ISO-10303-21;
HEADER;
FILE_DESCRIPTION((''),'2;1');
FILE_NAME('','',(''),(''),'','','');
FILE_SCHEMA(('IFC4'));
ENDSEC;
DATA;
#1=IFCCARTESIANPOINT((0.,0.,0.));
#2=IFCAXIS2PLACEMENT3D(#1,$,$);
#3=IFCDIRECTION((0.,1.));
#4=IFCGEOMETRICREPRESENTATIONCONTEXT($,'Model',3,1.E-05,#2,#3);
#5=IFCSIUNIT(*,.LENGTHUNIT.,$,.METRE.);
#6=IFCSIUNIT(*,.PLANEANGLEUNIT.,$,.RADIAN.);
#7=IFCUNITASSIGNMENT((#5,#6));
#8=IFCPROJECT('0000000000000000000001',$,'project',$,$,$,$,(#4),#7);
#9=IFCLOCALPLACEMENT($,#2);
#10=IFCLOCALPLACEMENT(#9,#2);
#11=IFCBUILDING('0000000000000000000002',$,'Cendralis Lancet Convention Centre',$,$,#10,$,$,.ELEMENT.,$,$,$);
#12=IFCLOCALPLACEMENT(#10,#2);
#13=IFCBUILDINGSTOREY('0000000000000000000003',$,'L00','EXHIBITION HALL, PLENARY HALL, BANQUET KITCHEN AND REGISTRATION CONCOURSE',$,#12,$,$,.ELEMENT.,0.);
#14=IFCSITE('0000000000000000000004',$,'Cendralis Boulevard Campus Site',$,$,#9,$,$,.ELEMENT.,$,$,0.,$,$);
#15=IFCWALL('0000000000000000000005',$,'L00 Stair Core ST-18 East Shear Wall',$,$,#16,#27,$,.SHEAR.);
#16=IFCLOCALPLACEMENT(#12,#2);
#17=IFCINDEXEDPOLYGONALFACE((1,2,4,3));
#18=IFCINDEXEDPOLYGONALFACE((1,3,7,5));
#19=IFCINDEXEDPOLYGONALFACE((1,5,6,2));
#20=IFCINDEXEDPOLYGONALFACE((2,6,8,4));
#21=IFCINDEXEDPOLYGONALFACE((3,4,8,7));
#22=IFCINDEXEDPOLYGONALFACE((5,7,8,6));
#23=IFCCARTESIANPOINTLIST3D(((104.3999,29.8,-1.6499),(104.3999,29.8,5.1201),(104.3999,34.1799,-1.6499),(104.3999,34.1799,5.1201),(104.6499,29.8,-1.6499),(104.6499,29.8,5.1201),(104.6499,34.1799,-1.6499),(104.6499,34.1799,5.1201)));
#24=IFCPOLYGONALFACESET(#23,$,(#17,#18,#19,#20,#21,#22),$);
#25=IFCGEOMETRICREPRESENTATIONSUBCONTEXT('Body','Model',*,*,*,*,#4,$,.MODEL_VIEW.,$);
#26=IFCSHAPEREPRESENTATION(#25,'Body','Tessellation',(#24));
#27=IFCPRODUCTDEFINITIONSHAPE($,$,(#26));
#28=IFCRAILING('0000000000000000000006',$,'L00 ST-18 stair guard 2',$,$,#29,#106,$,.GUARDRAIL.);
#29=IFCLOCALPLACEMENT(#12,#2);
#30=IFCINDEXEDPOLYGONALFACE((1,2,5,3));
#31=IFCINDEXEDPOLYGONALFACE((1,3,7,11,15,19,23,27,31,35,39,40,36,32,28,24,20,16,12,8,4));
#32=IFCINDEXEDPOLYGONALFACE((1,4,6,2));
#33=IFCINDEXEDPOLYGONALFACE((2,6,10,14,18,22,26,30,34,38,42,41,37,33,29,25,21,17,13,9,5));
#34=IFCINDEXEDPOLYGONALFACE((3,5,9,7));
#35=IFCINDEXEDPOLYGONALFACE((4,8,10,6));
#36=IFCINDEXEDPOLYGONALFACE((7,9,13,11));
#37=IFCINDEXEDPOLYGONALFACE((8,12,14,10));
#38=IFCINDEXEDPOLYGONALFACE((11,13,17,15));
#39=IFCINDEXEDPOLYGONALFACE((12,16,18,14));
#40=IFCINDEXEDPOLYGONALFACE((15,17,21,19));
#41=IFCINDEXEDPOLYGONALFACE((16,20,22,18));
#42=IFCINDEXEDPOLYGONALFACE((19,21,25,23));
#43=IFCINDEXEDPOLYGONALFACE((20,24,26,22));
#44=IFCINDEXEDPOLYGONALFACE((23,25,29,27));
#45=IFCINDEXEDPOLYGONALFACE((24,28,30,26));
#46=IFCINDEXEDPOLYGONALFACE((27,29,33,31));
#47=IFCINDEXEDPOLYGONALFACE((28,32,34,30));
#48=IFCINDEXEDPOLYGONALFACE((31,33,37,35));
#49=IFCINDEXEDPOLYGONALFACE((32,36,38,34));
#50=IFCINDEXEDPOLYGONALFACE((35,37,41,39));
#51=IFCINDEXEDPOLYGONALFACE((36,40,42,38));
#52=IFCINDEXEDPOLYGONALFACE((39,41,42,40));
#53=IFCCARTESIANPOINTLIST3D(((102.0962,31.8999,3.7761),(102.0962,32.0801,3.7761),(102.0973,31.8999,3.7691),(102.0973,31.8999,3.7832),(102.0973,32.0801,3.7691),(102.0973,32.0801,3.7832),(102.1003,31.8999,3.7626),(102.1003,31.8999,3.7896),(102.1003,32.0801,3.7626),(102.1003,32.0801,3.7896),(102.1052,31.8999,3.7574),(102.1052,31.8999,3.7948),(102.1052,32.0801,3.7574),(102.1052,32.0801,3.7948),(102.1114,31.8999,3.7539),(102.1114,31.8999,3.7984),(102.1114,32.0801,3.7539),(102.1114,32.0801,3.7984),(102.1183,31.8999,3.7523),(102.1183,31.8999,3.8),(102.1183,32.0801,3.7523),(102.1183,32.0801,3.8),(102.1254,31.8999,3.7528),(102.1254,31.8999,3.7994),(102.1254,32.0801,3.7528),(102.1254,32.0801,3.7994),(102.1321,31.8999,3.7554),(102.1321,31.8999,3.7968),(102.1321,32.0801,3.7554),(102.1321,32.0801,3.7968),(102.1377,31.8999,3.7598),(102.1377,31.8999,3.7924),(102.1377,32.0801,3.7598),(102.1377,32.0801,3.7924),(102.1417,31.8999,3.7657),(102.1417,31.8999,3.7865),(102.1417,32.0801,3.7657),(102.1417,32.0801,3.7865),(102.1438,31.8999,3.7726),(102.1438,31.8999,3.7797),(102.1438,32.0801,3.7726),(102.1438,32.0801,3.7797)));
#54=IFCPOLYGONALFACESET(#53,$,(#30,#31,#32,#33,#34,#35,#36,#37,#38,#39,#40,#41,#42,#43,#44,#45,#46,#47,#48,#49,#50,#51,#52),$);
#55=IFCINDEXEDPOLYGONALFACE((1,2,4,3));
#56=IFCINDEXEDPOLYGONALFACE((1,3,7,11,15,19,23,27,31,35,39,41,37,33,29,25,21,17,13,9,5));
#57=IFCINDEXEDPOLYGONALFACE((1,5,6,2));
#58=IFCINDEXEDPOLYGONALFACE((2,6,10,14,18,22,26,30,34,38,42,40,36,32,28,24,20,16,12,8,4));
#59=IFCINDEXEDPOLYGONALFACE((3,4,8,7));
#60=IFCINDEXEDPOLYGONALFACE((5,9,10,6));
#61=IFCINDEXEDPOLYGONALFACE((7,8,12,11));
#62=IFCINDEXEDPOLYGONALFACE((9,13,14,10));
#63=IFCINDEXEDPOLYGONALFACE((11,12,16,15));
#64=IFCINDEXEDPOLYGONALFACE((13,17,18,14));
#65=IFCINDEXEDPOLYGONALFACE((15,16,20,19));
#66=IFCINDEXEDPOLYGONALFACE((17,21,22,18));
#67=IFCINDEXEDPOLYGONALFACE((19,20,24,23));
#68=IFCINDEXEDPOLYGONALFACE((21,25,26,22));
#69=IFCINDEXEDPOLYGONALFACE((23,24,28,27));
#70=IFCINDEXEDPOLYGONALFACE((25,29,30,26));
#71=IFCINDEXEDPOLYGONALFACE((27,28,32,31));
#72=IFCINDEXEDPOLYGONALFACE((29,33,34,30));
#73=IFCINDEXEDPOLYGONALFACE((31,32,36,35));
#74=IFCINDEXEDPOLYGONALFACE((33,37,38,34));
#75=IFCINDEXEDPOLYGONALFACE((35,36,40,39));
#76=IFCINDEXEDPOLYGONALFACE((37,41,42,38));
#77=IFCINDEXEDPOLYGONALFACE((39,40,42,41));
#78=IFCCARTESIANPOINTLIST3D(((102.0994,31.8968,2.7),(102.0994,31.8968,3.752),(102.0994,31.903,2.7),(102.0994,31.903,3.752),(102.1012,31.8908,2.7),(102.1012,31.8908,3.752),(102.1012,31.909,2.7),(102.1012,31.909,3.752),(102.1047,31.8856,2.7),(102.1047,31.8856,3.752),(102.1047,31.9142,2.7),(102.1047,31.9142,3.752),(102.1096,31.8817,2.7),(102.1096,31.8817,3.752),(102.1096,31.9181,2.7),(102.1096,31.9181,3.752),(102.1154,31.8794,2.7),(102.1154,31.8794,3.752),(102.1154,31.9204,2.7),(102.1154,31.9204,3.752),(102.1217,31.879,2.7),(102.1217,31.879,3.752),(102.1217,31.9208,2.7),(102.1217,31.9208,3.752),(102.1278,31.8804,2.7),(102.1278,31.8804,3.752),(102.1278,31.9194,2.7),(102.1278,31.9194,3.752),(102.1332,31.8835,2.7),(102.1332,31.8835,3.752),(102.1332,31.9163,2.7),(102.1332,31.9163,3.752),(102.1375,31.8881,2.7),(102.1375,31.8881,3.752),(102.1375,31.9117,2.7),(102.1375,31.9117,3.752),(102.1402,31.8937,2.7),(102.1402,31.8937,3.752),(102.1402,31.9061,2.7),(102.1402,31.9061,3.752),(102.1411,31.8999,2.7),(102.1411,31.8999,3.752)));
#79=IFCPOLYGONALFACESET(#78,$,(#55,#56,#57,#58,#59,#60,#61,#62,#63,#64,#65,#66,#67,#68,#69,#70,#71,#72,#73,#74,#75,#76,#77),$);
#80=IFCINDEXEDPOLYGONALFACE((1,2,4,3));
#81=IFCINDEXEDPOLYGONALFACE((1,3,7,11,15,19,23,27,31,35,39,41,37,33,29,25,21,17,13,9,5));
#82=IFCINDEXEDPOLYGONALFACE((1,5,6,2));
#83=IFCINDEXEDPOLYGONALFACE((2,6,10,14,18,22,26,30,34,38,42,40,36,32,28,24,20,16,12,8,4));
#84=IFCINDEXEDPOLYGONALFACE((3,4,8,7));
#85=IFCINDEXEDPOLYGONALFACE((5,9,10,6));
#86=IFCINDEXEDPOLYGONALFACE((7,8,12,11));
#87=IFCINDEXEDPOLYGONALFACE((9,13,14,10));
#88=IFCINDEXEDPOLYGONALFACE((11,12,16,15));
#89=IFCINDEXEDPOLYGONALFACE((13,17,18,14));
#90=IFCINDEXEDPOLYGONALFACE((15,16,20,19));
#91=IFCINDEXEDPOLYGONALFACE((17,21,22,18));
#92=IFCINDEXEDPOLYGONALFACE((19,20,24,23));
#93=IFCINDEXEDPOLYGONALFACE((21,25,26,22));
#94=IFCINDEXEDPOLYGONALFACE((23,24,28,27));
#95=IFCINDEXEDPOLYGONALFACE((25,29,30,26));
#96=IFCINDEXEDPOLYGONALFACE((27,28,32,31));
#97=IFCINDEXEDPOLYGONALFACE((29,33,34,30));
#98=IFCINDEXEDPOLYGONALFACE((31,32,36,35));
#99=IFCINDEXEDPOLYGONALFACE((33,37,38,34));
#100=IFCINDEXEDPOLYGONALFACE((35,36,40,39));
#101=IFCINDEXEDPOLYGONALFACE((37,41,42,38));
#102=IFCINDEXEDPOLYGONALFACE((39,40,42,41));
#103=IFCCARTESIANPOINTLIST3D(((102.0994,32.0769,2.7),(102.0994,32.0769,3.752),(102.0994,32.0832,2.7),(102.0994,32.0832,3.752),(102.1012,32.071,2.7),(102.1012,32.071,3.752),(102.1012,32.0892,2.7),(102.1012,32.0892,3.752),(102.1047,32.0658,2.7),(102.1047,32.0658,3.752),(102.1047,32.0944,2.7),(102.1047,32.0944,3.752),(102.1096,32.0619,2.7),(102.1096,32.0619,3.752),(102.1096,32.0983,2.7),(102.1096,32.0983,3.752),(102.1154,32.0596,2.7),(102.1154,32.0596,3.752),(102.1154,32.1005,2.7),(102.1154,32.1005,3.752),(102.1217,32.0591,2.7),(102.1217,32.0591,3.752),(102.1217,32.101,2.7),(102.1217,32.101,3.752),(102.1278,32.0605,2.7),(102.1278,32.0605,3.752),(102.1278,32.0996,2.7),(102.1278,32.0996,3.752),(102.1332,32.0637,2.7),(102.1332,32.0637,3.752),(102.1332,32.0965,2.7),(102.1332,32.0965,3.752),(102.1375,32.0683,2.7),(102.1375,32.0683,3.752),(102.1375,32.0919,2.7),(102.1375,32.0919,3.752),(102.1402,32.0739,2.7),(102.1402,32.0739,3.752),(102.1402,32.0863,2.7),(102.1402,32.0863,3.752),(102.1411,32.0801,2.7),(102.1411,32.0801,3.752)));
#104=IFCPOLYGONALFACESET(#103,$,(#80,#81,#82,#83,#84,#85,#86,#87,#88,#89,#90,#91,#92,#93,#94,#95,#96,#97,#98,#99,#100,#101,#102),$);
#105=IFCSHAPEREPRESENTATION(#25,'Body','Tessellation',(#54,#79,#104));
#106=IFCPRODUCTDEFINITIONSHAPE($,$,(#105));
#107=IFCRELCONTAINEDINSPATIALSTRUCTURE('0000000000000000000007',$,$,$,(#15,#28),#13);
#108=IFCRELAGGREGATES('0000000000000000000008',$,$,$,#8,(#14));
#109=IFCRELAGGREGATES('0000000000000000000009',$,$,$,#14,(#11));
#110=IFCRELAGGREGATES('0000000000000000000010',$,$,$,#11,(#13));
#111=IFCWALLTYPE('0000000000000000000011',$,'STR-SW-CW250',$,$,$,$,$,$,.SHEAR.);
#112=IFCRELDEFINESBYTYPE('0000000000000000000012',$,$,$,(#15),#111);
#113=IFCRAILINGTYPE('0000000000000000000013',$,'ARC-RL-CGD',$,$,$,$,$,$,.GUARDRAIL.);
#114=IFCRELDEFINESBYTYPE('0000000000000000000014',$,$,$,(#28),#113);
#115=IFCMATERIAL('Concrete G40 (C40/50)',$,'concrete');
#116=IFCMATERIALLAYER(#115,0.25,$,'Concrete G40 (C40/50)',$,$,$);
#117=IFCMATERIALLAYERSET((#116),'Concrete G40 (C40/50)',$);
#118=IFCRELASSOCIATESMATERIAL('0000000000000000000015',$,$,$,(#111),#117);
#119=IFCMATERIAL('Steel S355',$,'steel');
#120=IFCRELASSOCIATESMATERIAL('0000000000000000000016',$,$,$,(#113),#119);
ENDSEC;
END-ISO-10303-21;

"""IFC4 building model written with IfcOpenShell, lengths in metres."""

from ifc_helpers import new_model, si_unit, direction, frame, frame_2d, origin, origin_2d, place, context, subcontext, project, spatial, rectangle, circle, extrude, material, layer, layer_set, type_object, element, save


model = new_model("IFC4")

# Units and contexts
model_context = context("Model", 3, precision=1e-05, world=origin(), true_north=direction((0.0, 1.0)))
body_context = subcontext(model_context, "Body", "Model", "MODEL_VIEW")
ifc_project = project(units=[si_unit("LENGTHUNIT", "METRE"), si_unit("PLANEANGLEUNIT", "RADIAN")], contexts=[model_context])

# Site, building, storey
site_placement = place(None, origin())
site = spatial("IfcSite", under=ifc_project, at=site_placement, Name="Cendralis Boulevard Campus Site", CompositionType="ELEMENT", RefElevation=0.0)
building_placement = place(site_placement, origin())
building = spatial("IfcBuilding", under=site, at=building_placement, Name="Cendralis Lancet Convention Centre", CompositionType="ELEMENT")
storey_placement = place(building_placement, origin())
storey = spatial("IfcBuildingStorey", under=building, at=storey_placement, Name="L00", Description="EXHIBITION HALL, PLENARY HALL, BANQUET KITCHEN AND REGISTRATION CONCOURSE", CompositionType="ELEMENT", Elevation=0.0)

# Shared definitions
ifc_material_1 = material(Name="Concrete G40 (C40/50)", Category="concrete")

# Wall
ifc_layer_1 = layer(ifc_material_1, 0.25, Name="Concrete G40 (C40/50)")
ifc_layer_set_1 = layer_set([ifc_layer_1], Name="Concrete G40 (C40/50)")
wall_type_1 = type_object("IfcWallType", Name="STR-SW-CW250", PredefinedType="SHEAR", material=ifc_layer_set_1)
wall_1_placement = place(storey_placement, frame((104.5249, 29.8, -1.6499), z_axis=(0.0, 0.0, 1.0), x_axis=(0.0, 1.0, 0.0)))
element("IfcWall", 1, at=wall_1_placement, inside=storey, type_object=wall_type_1, Name="L00 Stair Core ST-18 East Shear Wall", PredefinedType="SHEAR", context=body_context, shape_type="SweptSolid", body=[
    extrude(rectangle(XDim=4.3799, YDim=0.25, at=frame_2d((2.1899, 0.0))), origin(), (0.0, 0.0, 1.0), 6.77),
])

# Railing
ifc_material_2 = material(Name="Steel S355", Category="steel")
railing_type_1 = type_object("IfcRailingType", Name="ARC-RL-CGD", PredefinedType="GUARDRAIL", material=ifc_material_2)
railing_1_placement = place(storey_placement, frame((102.1201, 31.8999, 2.7)))
element("IfcRailing", 2, at=railing_1_placement, inside=storey, type_object=railing_type_1, Name="L00 ST-18 stair guard 2", PredefinedType="GUARDRAIL", context=body_context, shape_type="SweptSolid", body=[
    extrude(circle(Radius=0.0239, at=origin_2d()), frame((0.0, 0.0, 1.0762), z_axis=(0.0, 1.0, 0.0), x_axis=(-1.0, 0.0, 0.0)), (0.0, 0.0, 1.0), 0.1802),
    extrude(circle(Radius=0.021, at=origin_2d()), origin(), (0.0, 0.0, 1.0), 1.052),
    extrude(circle(Radius=0.021, at=origin_2d()), frame((0.0, 0.1802, 0.0)), (0.0, 0.0, 1.0), 1.052),
])

save(model, "model.ifc")
